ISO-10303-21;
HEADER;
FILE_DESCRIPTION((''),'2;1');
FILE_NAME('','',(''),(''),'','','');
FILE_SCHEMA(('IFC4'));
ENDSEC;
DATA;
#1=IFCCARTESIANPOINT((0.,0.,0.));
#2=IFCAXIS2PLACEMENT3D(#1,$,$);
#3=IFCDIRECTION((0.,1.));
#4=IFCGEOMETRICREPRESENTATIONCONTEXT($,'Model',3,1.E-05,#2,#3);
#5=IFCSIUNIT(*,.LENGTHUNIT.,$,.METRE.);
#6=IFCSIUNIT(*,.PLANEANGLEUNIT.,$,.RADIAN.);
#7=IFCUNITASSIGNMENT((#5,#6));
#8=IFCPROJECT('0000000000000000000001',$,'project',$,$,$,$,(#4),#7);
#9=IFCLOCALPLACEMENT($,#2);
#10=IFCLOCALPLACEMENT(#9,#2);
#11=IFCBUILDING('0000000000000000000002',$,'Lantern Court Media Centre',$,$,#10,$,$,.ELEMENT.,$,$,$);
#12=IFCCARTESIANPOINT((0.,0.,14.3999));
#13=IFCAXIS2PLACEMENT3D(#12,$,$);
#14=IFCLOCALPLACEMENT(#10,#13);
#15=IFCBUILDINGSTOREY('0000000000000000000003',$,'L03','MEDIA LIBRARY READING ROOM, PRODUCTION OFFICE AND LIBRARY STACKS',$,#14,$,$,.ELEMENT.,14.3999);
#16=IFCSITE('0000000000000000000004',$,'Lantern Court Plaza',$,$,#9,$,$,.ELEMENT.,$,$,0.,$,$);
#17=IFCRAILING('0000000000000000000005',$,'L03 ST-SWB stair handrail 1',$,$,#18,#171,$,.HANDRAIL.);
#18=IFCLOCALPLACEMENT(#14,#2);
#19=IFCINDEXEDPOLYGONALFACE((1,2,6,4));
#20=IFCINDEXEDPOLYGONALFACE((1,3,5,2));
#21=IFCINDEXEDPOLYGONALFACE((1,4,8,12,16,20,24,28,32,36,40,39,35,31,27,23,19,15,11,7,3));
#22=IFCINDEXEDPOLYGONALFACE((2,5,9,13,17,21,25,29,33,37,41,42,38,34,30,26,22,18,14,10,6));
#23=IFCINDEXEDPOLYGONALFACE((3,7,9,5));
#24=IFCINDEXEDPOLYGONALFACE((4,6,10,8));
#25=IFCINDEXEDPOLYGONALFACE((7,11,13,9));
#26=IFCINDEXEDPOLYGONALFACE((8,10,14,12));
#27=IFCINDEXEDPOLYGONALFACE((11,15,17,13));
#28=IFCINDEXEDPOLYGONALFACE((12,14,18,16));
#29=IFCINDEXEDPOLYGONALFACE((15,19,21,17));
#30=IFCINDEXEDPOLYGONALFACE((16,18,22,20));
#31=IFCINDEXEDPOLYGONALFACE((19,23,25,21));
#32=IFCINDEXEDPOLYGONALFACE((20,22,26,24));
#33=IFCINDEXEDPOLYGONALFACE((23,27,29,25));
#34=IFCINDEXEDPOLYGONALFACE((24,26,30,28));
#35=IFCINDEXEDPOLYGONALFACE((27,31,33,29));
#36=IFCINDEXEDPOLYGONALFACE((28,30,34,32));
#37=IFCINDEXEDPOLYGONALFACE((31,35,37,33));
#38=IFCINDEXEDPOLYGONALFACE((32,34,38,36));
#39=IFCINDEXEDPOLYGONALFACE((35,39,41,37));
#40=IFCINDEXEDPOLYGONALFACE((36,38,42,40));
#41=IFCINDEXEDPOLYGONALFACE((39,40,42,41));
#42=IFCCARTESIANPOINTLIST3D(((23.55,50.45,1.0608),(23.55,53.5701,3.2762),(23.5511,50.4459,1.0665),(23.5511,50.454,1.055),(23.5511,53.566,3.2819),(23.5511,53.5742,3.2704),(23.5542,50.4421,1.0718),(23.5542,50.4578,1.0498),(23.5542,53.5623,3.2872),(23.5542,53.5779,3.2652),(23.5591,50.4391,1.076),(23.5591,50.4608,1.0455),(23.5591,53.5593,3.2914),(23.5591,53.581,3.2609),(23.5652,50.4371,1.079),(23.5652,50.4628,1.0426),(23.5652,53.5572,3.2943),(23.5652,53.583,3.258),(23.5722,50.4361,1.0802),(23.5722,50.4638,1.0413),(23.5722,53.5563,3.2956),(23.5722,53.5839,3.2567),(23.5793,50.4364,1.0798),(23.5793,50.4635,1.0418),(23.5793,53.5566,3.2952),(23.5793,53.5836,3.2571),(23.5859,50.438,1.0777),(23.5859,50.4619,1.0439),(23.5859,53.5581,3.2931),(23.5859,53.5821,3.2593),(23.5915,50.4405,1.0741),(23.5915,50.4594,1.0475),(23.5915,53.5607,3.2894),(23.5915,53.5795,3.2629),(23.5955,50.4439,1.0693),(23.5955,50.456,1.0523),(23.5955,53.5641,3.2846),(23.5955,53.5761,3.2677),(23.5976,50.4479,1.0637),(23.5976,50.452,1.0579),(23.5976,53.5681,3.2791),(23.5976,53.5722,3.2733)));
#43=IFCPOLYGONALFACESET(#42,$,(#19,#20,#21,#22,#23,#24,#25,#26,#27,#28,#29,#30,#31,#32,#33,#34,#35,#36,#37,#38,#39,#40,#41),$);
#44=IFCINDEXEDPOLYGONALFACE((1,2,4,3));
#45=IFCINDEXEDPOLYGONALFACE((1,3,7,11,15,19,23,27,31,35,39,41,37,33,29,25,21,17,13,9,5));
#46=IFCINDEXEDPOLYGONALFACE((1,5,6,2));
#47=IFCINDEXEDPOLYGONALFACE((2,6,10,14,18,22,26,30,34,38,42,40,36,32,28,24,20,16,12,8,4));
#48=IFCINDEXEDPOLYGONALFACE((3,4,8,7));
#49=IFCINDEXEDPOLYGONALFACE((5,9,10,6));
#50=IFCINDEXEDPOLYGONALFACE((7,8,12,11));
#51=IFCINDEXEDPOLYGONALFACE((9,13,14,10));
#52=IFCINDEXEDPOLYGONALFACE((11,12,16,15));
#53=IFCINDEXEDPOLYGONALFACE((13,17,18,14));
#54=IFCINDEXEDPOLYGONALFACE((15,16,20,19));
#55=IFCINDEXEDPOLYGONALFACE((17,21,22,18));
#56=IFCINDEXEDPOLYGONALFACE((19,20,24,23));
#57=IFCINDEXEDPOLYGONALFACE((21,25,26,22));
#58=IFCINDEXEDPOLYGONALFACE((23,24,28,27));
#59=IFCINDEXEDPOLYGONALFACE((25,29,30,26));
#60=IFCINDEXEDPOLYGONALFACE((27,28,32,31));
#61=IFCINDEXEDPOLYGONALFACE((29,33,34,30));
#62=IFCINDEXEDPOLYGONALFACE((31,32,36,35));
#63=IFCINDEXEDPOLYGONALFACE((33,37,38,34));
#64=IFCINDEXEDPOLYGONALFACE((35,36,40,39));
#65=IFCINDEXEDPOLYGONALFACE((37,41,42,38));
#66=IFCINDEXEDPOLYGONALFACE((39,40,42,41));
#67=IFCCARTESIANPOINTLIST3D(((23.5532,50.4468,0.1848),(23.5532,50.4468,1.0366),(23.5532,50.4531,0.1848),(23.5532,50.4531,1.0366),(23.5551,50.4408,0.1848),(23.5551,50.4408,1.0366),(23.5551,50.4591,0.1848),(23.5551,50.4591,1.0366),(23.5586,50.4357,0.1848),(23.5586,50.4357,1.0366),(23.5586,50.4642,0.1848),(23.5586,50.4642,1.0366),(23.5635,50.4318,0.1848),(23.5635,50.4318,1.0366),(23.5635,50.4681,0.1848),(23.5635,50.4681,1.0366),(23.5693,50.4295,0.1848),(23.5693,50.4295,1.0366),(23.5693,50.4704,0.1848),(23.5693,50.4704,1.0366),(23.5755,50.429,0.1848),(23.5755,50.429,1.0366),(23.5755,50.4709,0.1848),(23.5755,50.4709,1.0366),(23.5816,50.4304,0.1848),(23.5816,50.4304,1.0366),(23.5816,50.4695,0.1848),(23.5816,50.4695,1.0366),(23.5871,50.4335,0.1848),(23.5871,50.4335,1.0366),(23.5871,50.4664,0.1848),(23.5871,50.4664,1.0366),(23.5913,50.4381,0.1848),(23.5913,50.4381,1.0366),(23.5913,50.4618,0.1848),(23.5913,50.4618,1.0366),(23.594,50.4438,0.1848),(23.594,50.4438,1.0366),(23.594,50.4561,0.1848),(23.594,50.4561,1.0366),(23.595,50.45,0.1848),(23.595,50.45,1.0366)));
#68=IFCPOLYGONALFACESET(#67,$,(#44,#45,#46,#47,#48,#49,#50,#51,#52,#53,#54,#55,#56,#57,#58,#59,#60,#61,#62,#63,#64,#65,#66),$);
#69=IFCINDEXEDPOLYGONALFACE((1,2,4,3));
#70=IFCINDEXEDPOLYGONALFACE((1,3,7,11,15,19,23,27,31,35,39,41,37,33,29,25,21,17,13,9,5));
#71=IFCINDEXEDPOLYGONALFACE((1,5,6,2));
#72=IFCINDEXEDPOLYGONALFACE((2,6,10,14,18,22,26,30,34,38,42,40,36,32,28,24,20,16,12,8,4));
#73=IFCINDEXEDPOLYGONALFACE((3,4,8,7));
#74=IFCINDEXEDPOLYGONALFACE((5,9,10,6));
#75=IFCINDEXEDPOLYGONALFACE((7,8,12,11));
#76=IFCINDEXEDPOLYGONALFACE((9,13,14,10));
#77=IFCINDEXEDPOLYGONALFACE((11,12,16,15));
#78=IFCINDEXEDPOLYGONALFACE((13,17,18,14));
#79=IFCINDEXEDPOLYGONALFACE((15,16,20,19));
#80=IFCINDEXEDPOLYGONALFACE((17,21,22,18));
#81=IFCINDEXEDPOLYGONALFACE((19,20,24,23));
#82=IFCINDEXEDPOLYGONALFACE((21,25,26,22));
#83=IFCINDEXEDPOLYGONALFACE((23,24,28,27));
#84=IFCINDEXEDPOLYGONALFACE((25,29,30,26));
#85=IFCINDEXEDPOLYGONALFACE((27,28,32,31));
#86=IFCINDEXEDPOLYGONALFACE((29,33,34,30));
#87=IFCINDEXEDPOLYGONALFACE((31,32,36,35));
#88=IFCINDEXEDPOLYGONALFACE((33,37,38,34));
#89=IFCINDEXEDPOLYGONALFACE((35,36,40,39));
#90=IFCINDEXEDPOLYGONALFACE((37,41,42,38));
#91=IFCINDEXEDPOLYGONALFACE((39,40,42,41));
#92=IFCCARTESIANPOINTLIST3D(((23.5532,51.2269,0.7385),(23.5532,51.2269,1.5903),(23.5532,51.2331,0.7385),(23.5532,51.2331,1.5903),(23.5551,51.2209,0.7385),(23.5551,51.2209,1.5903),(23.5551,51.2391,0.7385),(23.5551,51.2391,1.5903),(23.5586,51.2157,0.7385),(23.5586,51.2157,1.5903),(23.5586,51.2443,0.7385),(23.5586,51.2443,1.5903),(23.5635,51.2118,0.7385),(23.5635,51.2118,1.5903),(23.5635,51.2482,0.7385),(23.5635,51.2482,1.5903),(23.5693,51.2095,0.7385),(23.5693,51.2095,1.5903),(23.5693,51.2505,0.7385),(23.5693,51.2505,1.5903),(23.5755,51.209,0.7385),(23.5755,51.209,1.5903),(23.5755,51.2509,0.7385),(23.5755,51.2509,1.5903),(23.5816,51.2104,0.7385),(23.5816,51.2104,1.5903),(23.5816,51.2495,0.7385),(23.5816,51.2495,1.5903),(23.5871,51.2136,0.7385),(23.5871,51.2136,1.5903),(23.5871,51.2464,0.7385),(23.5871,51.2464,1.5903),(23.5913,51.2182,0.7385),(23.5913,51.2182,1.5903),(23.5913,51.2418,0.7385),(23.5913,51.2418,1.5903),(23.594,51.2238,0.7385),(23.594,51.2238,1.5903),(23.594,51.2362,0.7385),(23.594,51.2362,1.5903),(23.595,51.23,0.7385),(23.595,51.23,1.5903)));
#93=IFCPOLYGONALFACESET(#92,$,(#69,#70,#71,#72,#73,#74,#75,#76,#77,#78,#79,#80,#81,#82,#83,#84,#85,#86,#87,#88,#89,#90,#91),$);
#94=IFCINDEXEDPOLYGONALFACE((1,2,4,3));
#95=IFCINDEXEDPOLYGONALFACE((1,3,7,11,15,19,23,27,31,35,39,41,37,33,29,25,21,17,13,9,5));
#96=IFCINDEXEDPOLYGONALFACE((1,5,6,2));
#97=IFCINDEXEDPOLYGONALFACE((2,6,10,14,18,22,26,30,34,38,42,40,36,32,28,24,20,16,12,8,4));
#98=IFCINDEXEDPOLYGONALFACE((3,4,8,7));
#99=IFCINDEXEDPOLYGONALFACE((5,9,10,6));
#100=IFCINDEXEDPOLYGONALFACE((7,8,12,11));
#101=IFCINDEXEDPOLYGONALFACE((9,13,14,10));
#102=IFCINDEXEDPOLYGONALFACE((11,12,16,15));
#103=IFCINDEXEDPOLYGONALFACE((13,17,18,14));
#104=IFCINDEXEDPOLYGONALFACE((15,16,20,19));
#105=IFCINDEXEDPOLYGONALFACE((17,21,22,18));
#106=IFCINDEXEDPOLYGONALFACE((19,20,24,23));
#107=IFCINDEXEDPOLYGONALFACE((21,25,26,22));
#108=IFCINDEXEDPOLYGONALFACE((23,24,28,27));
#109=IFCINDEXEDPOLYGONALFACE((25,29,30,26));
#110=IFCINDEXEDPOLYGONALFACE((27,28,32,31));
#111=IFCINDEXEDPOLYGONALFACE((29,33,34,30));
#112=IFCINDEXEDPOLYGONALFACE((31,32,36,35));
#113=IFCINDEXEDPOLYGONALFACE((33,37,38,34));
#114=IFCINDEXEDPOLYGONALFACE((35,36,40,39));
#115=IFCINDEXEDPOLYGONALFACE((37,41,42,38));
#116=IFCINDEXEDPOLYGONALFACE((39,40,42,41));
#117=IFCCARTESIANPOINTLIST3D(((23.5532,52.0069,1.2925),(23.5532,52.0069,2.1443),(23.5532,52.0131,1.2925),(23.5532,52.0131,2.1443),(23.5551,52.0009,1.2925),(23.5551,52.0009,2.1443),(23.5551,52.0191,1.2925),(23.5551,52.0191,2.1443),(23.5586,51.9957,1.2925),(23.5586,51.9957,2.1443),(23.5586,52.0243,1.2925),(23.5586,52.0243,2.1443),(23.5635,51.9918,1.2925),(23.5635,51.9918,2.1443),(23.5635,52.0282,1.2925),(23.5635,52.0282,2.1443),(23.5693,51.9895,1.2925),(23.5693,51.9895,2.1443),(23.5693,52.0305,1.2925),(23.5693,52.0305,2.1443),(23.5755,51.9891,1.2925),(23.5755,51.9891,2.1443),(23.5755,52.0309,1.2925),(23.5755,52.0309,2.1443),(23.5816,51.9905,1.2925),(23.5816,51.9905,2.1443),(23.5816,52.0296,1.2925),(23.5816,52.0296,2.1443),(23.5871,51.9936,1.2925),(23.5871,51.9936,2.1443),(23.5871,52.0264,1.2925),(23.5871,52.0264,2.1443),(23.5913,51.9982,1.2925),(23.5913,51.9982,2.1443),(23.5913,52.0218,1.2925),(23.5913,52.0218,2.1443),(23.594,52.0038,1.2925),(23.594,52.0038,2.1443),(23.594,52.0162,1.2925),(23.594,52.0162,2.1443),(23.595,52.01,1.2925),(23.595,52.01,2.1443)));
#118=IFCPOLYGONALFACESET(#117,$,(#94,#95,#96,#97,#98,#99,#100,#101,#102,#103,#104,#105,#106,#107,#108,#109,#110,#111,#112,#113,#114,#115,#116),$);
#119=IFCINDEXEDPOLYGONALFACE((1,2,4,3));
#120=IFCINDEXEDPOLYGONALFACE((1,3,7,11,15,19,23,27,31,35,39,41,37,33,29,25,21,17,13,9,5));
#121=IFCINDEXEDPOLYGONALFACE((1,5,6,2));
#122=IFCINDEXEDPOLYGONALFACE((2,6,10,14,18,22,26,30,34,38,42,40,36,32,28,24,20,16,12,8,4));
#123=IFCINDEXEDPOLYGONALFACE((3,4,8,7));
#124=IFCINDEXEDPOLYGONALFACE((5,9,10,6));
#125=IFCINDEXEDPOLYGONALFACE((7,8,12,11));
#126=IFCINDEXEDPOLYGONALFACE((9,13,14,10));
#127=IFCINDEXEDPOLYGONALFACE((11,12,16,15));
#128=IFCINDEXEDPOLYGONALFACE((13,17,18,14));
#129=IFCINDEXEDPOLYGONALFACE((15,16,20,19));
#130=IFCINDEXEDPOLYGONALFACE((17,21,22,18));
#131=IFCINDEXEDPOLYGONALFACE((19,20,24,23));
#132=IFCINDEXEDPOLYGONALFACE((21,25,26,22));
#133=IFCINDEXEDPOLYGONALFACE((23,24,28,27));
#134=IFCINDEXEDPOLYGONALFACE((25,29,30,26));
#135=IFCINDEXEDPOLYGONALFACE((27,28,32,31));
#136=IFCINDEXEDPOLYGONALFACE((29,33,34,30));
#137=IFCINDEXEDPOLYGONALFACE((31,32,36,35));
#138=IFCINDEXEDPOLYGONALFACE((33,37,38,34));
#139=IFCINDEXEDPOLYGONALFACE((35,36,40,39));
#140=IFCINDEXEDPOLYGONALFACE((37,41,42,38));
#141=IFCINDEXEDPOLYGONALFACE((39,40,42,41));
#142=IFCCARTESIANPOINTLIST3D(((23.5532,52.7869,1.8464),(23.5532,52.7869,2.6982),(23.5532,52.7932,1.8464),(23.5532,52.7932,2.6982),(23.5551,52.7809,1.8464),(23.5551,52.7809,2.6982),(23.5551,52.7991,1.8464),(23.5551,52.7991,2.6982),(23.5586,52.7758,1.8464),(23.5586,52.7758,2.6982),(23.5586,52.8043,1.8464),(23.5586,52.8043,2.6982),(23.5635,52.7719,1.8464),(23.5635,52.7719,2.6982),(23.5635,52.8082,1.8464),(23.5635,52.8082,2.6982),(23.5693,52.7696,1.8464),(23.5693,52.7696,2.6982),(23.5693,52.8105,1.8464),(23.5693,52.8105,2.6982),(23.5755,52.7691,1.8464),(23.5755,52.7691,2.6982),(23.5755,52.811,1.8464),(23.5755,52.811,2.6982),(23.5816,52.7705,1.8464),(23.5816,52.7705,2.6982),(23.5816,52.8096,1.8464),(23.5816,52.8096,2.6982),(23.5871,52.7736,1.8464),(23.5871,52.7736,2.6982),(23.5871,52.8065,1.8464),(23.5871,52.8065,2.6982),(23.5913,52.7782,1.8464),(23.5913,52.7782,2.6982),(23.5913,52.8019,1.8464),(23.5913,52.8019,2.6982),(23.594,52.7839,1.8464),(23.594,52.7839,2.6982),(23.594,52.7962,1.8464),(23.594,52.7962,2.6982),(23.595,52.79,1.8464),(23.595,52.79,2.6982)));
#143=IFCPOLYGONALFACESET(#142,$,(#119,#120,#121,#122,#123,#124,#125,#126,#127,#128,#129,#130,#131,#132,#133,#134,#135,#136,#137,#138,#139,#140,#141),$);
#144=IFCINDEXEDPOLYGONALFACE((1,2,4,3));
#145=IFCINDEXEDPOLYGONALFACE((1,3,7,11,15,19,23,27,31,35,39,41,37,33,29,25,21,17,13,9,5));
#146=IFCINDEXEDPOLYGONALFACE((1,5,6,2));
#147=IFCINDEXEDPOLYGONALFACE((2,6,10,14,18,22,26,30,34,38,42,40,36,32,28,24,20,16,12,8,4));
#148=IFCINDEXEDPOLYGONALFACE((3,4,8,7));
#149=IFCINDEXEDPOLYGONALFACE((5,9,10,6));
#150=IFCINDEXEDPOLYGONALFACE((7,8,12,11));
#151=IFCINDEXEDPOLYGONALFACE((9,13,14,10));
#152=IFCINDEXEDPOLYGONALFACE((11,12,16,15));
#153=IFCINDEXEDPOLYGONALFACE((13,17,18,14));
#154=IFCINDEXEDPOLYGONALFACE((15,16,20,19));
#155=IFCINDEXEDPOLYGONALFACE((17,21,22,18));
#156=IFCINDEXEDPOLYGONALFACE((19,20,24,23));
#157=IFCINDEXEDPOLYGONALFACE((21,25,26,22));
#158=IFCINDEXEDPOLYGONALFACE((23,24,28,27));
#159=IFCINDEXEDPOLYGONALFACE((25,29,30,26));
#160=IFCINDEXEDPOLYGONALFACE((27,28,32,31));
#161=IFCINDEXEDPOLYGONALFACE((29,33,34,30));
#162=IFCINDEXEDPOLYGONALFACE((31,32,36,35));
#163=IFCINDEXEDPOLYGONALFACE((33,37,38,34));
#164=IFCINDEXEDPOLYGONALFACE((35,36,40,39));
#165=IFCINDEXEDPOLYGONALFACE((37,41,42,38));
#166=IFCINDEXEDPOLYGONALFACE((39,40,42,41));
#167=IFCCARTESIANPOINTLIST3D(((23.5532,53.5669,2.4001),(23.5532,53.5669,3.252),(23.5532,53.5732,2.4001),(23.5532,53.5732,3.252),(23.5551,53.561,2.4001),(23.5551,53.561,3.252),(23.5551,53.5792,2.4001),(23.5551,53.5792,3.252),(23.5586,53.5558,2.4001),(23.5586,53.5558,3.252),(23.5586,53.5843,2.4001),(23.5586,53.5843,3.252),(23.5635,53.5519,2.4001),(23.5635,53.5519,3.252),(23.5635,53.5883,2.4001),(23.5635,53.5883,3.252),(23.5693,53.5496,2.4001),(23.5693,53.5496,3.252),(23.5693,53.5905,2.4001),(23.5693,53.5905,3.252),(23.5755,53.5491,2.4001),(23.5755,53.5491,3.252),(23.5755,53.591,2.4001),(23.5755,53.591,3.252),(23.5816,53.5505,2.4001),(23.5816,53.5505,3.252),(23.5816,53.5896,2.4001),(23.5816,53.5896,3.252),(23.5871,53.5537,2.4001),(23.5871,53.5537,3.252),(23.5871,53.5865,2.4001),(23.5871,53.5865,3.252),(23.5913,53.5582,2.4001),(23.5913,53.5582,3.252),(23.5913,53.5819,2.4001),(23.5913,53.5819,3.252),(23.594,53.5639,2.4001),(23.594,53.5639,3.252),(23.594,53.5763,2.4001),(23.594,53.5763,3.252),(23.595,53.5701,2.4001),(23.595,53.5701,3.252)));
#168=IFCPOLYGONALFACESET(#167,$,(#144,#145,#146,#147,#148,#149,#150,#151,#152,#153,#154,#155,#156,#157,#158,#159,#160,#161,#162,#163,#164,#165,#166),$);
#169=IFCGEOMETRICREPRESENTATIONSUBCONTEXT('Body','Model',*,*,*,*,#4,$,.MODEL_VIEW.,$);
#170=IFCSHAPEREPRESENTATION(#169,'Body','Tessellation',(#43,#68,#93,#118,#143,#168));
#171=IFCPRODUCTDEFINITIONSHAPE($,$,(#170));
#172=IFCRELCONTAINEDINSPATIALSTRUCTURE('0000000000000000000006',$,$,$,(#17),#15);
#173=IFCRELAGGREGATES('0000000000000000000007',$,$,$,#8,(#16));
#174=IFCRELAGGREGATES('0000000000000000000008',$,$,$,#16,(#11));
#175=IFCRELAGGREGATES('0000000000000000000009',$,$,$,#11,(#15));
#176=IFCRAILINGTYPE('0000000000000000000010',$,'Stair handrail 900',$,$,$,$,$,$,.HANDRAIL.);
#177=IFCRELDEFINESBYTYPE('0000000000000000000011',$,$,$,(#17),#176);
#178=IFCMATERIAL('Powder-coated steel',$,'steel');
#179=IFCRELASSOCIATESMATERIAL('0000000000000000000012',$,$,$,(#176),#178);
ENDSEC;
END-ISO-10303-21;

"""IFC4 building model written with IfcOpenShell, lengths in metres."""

from ifc_helpers import new_model, si_unit, direction, frame, origin, origin_2d, place, context, subcontext, project, spatial, circle, extrude, material, type_object, element, save


model = new_model("IFC4")

# Units and contexts
model_context = context("Model", 3, precision=1e-05, world=origin(), true_north=direction((0.0, 1.0)))
body_context = subcontext(model_context, "Body", "Model", "MODEL_VIEW")
ifc_project = project(units=[si_unit("LENGTHUNIT", "METRE"), si_unit("PLANEANGLEUNIT", "RADIAN")], contexts=[model_context])

# Site, building, storey
site_placement = place(None, origin())
site = spatial("IfcSite", under=ifc_project, at=site_placement, Name="Lantern Court Plaza", CompositionType="ELEMENT", RefElevation=0.0)
building_placement = place(site_placement, origin())
building = spatial("IfcBuilding", under=site, at=building_placement, Name="Lantern Court Media Centre", CompositionType="ELEMENT")
storey_placement = place(building_placement, frame((0.0, 0.0, 14.3999)))
storey = spatial("IfcBuildingStorey", under=building, at=storey_placement, Name="L03", Description="MEDIA LIBRARY READING ROOM, PRODUCTION OFFICE AND LIBRARY STACKS", CompositionType="ELEMENT", Elevation=14.3999)

# Shared definitions
ifc_material_1 = material(Name="Powder-coated steel", Category="steel")

# Railing
railing_type_1 = type_object("IfcRailingType", Name="Stair handrail 900", PredefinedType="HANDRAIL", material=ifc_material_1)
railing_1_placement = place(storey_placement, frame((23.574, 50.45, 0.1848)))
element("IfcRailing", 1, at=railing_1_placement, inside=storey, type_object=railing_type_1, Name="L03 ST-SWB stair handrail 1", PredefinedType="HANDRAIL", context=body_context, shape_type="SweptSolid", body=[
    extrude(circle(Radius=0.0239, at=origin_2d()), frame((0.0, 0.0, 0.876), z_axis=(0.0, 0.815377, 0.57893), x_axis=(-1.0, 0.0, 0.0)), (0.0, 0.0, 1.0), 3.8267),
    extrude(circle(Radius=0.021, at=origin_2d()), origin(), (0.0, 0.0, 1.0), 0.8518),
    extrude(circle(Radius=0.021, at=origin_2d()), frame((0.0, 0.78, 0.5537)), (0.0, 0.0, 1.0), 0.8518),
    extrude(circle(Radius=0.021, at=origin_2d()), frame((0.0, 1.5601, 1.1077)), (0.0, 0.0, 1.0), 0.8518),
    extrude(circle(Radius=0.021, at=origin_2d()), frame((0.0, 2.3401, 1.6616)), (0.0, 0.0, 1.0), 0.8518),
    extrude(circle(Radius=0.021, at=origin_2d()), frame((0.0, 3.1201, 2.2153)), (0.0, 0.0, 1.0), 0.8518),
])

save(model, "model.ifc")
